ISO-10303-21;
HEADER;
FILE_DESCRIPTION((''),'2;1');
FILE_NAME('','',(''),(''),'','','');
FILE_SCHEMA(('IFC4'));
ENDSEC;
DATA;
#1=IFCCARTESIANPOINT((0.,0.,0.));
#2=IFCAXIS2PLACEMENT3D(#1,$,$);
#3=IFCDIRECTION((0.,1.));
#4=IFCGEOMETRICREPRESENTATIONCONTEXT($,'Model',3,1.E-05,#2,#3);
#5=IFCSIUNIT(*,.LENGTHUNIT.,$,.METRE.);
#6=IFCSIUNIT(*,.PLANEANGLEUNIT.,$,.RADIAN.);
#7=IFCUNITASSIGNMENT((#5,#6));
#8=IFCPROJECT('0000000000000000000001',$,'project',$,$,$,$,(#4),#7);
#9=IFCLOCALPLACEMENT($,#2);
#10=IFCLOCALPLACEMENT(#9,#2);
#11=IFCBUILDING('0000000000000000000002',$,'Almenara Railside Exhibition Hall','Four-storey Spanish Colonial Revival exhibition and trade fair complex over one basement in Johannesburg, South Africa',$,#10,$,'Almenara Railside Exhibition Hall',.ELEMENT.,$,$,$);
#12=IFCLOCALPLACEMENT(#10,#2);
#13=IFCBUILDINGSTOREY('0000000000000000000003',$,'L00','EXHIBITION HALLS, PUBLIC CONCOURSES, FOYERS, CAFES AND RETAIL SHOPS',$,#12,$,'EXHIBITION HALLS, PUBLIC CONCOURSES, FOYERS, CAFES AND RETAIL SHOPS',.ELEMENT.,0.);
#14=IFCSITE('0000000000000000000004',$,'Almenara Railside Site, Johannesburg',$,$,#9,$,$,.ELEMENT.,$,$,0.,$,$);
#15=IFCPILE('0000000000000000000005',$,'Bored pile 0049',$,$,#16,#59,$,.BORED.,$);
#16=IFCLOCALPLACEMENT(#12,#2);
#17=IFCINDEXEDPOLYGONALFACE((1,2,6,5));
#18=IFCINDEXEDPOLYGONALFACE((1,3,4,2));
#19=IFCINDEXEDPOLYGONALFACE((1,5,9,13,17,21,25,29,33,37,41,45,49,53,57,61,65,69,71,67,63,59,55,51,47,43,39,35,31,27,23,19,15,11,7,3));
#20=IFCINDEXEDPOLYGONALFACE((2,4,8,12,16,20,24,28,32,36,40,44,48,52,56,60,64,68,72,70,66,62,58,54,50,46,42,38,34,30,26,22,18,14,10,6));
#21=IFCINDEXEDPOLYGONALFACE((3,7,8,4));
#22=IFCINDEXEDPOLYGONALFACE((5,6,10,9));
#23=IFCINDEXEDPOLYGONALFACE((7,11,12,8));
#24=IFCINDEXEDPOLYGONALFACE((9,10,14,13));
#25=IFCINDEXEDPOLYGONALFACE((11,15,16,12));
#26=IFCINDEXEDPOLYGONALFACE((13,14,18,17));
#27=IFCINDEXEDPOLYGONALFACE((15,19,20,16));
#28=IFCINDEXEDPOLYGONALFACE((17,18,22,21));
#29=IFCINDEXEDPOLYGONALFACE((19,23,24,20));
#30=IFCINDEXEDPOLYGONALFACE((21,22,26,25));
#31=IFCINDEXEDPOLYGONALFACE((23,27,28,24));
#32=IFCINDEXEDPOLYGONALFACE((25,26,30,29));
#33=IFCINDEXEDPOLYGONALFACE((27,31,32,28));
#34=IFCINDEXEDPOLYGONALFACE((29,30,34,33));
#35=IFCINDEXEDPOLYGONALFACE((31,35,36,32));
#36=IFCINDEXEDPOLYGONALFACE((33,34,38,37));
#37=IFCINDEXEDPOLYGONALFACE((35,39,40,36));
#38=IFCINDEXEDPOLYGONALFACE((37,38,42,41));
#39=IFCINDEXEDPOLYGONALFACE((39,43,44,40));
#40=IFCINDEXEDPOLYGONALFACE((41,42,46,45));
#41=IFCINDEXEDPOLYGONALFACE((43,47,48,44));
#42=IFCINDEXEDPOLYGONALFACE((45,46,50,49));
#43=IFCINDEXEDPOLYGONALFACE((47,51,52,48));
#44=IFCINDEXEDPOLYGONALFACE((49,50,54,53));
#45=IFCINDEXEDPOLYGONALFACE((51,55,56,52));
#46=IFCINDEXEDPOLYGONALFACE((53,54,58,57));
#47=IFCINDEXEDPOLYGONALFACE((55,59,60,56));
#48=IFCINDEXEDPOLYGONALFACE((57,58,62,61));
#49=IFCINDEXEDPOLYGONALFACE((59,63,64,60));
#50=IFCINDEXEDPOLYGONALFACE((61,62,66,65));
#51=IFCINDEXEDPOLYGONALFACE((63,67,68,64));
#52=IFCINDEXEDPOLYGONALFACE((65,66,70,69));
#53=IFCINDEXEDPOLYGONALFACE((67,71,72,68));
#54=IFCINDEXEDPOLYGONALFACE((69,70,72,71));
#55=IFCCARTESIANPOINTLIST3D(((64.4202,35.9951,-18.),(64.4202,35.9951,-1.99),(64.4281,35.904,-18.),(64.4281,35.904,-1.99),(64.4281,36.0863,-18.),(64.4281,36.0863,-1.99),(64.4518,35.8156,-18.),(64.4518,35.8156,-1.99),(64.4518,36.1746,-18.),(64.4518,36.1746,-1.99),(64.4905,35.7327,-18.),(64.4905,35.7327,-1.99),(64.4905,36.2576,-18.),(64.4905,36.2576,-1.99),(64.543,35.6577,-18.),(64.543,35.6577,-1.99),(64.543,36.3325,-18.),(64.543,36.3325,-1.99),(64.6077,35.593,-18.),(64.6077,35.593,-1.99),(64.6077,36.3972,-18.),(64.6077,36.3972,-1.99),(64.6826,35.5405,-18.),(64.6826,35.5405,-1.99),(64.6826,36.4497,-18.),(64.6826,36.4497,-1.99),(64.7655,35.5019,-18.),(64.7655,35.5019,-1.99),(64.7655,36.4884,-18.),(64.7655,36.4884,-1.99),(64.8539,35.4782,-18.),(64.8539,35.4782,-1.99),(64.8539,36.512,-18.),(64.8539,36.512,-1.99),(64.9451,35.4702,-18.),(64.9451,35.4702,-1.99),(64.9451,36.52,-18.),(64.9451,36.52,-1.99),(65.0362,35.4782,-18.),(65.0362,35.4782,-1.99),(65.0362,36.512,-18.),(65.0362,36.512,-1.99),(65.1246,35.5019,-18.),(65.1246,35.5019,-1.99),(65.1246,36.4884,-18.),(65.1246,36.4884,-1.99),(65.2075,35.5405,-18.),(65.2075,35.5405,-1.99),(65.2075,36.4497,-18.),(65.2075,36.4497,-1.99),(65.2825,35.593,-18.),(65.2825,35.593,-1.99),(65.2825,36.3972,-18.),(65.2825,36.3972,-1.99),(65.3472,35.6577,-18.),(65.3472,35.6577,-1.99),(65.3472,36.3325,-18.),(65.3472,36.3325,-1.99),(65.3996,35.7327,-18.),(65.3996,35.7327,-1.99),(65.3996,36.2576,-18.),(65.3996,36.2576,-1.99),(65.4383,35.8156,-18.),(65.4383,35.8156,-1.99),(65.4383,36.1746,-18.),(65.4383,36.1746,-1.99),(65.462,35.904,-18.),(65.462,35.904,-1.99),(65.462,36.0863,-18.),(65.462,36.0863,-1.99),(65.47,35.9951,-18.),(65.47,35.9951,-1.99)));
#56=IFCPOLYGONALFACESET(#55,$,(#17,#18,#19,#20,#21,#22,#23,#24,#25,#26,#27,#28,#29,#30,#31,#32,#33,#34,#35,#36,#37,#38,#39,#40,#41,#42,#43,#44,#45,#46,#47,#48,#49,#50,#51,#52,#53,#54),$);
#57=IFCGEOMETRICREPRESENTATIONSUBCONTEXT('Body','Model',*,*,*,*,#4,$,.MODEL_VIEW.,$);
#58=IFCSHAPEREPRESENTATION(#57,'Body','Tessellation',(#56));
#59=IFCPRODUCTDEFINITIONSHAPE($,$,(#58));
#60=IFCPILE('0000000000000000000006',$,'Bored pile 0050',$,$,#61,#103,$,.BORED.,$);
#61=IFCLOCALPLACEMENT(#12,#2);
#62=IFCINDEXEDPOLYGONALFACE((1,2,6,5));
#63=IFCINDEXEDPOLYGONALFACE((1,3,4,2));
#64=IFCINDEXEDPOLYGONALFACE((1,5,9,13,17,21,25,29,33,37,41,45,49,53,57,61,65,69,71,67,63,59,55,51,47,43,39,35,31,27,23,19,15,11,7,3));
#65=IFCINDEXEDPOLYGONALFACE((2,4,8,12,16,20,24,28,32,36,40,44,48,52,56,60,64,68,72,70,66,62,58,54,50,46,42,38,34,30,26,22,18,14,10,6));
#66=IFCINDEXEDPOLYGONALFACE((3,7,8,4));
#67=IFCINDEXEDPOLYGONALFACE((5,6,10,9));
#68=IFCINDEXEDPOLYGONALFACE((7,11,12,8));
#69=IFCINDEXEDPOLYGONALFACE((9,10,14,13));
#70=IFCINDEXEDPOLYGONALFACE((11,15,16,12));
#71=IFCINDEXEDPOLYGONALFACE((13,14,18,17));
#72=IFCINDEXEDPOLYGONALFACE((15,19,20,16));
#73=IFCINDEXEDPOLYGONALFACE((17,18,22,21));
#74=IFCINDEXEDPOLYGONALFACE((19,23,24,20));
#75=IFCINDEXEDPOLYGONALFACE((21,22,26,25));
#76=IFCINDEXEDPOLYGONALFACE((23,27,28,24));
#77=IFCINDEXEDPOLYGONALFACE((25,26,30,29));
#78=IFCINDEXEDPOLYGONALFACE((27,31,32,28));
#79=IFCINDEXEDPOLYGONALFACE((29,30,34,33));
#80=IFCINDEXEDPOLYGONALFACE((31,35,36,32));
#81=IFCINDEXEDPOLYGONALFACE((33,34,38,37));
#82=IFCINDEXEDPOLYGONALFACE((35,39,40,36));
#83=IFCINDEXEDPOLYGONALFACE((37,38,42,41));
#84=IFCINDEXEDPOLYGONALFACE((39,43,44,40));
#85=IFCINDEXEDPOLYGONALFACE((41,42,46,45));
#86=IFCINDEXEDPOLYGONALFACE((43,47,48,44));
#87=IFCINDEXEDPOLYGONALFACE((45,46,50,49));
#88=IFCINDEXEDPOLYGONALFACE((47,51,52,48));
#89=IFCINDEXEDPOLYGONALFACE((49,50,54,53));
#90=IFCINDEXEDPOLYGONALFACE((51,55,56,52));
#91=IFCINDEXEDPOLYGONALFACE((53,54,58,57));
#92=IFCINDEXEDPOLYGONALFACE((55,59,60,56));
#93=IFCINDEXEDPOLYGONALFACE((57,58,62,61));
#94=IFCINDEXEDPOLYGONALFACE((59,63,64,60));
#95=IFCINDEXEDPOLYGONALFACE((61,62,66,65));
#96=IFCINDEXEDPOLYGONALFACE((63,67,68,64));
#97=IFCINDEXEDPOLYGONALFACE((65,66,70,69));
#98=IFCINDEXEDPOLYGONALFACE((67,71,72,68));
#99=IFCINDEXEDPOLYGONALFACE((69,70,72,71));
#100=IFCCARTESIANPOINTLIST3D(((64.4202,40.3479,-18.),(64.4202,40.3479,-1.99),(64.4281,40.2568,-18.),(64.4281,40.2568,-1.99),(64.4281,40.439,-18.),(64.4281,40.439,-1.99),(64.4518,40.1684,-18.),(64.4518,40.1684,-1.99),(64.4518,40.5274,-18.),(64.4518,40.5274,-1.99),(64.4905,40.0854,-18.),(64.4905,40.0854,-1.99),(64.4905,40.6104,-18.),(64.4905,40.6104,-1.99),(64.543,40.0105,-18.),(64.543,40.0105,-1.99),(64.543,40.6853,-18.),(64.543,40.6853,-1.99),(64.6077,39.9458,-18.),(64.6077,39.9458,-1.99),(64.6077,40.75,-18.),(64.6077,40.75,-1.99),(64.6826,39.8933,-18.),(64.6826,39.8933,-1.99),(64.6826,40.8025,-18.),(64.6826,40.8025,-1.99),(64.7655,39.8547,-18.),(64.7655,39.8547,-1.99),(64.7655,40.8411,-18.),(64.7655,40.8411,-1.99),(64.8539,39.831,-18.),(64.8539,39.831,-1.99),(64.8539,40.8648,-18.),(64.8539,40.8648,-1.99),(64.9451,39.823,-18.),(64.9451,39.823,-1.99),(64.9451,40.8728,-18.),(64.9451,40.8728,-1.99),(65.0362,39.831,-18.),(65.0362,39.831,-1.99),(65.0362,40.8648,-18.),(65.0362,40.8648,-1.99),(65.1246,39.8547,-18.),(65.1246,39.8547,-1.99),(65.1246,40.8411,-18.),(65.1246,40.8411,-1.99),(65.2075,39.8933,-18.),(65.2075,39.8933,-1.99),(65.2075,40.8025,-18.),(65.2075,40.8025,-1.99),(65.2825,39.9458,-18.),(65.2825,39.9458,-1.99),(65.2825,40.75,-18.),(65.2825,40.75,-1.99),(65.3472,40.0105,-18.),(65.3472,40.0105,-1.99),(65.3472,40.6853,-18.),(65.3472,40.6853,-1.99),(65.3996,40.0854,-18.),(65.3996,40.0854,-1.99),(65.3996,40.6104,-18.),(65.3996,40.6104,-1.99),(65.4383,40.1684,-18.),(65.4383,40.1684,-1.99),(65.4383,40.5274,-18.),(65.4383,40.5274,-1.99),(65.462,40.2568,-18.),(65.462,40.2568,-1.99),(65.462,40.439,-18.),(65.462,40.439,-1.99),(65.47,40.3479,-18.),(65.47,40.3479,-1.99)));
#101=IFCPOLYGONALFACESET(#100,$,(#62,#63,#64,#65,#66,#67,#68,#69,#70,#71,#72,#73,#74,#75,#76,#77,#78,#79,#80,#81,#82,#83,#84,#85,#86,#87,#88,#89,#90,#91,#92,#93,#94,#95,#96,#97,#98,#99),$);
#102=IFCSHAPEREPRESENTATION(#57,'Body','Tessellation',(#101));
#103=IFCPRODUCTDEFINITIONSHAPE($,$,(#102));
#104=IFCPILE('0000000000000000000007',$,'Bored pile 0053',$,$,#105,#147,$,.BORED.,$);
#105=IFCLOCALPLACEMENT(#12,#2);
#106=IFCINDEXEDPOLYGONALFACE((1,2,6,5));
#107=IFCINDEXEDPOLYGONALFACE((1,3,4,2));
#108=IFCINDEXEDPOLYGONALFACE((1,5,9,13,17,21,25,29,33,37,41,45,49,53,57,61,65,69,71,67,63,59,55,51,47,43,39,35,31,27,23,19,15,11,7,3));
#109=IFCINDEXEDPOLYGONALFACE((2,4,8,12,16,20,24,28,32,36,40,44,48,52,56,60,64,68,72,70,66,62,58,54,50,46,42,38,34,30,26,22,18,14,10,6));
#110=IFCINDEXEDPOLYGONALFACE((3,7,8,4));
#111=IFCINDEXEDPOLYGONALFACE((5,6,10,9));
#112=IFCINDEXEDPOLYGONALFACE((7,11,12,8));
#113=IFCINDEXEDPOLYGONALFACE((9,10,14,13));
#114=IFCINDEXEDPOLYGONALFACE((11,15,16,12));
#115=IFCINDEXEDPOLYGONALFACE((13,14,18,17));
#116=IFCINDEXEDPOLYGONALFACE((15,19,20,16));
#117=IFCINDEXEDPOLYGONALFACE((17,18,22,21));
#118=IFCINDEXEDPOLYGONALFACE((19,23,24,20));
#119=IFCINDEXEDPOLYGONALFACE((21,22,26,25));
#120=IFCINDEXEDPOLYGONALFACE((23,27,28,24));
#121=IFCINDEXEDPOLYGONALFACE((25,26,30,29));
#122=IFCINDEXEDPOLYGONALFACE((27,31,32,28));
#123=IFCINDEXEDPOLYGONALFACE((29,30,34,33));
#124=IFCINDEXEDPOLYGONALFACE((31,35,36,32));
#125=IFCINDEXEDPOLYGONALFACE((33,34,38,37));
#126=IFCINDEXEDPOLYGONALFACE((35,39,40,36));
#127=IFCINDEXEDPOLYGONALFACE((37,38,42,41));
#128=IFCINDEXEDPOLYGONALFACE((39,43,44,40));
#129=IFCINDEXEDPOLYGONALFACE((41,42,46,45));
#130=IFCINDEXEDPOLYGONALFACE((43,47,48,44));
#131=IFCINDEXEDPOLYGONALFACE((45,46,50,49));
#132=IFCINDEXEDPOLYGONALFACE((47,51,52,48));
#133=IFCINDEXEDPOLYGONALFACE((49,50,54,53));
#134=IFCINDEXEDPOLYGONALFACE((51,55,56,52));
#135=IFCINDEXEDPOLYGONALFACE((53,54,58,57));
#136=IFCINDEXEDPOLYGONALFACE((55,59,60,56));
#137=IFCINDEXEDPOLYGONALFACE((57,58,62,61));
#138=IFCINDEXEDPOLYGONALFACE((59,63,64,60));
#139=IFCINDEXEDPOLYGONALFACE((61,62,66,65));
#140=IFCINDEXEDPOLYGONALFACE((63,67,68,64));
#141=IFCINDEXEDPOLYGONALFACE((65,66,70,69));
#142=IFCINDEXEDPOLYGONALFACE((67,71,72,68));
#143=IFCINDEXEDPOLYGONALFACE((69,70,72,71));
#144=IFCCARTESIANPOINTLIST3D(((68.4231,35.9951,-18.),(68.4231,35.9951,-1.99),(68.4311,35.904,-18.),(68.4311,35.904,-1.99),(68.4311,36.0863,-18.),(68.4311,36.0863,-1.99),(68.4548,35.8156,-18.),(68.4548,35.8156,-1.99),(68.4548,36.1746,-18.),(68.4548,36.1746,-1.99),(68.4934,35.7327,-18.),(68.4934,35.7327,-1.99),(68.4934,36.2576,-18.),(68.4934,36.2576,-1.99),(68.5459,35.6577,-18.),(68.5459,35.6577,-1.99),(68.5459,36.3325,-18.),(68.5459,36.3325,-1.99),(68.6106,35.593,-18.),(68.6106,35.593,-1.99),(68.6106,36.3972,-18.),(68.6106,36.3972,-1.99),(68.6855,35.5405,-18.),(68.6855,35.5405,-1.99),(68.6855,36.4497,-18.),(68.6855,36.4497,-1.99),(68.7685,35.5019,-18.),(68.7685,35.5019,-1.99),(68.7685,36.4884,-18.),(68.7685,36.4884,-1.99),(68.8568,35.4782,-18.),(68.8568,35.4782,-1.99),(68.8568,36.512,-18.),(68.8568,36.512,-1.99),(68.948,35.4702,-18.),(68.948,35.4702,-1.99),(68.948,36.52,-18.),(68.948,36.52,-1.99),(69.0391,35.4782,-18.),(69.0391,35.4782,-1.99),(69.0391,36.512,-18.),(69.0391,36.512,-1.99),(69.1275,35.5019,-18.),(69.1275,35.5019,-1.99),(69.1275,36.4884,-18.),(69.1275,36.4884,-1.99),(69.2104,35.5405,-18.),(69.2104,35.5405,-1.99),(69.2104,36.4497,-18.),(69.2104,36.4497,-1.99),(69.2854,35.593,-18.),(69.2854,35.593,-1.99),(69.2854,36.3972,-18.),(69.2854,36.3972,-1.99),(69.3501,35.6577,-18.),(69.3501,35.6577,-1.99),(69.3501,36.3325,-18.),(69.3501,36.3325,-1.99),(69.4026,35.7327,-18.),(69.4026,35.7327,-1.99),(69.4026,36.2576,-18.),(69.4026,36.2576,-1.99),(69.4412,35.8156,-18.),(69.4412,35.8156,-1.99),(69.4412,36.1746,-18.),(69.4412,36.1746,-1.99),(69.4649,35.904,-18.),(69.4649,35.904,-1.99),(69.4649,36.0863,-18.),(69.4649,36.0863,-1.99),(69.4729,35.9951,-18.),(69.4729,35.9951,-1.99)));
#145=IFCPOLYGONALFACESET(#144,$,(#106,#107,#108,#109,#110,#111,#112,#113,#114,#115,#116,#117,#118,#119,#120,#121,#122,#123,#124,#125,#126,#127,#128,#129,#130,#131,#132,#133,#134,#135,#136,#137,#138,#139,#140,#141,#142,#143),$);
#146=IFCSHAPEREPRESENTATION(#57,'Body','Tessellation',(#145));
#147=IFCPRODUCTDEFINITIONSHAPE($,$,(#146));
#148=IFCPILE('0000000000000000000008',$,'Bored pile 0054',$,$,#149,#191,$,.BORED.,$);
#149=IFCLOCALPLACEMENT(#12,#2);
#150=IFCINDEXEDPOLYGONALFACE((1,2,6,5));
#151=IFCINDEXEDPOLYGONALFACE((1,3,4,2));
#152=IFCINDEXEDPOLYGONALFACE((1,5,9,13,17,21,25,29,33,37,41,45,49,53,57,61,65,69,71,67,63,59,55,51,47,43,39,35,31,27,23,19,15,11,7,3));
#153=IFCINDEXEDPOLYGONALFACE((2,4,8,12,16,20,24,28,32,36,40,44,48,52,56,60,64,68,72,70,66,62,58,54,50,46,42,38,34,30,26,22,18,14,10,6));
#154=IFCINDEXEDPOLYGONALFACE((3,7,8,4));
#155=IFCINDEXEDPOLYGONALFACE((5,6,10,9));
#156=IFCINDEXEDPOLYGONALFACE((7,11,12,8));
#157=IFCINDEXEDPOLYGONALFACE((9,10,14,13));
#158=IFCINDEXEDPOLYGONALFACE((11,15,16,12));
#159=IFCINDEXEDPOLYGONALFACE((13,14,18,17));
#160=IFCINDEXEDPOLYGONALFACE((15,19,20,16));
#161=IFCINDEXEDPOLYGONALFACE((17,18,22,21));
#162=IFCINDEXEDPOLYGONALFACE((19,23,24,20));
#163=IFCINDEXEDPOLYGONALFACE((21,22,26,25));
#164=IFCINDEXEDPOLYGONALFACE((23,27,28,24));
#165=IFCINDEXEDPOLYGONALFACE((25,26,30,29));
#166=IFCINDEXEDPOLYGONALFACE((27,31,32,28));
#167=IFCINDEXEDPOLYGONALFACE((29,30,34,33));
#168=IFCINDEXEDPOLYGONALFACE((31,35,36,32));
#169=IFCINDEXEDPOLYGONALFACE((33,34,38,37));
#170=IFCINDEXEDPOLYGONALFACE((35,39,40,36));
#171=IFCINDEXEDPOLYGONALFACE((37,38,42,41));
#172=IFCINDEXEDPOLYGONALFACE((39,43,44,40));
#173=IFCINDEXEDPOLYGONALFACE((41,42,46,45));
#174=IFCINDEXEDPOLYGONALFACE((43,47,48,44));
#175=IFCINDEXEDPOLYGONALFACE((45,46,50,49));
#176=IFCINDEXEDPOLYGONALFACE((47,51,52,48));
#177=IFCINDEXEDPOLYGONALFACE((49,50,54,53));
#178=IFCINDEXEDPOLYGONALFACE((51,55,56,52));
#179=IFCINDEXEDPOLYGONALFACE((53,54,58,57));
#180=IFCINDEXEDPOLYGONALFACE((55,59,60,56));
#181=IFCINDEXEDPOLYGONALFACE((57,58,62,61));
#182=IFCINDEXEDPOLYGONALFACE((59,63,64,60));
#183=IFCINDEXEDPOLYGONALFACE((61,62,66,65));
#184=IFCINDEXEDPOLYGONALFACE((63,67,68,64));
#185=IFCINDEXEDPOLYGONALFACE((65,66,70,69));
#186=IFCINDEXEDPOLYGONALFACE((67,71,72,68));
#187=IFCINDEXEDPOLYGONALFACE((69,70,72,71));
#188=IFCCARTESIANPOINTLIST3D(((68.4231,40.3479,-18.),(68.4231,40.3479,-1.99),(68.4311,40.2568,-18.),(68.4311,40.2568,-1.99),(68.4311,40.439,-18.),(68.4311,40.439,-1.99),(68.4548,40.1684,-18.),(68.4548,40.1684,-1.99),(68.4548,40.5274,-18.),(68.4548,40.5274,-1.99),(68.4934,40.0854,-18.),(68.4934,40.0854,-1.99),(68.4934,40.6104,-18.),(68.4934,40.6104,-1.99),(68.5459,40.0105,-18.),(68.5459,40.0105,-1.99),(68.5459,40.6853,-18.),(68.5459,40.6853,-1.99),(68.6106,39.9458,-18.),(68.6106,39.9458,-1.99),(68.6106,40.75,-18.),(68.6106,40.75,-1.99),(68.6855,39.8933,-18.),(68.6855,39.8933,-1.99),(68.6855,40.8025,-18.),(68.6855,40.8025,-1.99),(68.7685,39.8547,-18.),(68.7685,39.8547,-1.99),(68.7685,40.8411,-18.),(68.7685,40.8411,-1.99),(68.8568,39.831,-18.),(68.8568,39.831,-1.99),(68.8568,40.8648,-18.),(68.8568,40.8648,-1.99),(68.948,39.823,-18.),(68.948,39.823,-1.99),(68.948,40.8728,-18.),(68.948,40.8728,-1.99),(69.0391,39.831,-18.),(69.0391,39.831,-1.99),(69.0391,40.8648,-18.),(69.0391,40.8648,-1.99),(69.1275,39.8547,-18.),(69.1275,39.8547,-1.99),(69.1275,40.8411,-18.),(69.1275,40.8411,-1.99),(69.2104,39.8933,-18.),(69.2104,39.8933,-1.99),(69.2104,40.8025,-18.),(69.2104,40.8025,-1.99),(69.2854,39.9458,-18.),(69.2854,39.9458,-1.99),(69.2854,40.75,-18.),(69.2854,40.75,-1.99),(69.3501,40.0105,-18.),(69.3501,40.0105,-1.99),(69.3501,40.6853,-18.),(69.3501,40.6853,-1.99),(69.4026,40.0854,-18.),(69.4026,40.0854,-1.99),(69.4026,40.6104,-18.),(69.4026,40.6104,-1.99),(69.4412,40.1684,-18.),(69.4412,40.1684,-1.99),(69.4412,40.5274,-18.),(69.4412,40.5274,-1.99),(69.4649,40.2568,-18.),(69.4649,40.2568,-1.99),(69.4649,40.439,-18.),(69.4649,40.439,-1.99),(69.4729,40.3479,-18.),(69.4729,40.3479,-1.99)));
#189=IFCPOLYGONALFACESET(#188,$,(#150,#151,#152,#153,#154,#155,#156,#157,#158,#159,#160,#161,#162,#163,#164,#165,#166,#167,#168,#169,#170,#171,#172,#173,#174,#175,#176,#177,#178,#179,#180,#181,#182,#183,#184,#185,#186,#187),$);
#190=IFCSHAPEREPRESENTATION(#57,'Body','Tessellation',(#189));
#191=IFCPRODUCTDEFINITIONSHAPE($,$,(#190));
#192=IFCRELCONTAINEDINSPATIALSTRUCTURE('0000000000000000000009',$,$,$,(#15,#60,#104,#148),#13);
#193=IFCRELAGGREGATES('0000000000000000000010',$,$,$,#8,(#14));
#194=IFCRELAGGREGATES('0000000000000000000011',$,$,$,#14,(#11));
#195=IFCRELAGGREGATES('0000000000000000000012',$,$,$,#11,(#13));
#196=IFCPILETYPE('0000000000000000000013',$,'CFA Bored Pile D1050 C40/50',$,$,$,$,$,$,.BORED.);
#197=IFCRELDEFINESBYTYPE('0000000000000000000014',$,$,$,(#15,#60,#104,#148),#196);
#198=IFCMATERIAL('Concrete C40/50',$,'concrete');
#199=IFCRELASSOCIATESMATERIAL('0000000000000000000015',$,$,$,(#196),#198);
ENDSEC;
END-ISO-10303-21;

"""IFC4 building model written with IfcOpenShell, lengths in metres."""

from ifc_helpers import new_model, si_unit, direction, frame, origin, origin_2d, place, context, subcontext, project, spatial, circle, extrude, material, material_profile, profile_set, type_object, element, save


model = new_model("IFC4")

# Units and contexts
model_context = context("Model", 3, precision=1e-05, world=origin(), true_north=direction((0.0, 1.0)))
body_context = subcontext(model_context, "Body", "Model", "MODEL_VIEW")
ifc_project = project(units=[si_unit("LENGTHUNIT", "METRE"), si_unit("PLANEANGLEUNIT", "RADIAN")], contexts=[model_context])

# Site, building, storey
site_placement = place(None, origin())
site = spatial("IfcSite", under=ifc_project, at=site_placement, Name="Almenara Railside Site, Johannesburg", CompositionType="ELEMENT", RefElevation=0.0)
building_placement = place(site_placement, origin())
building = spatial("IfcBuilding", under=site, at=building_placement, Name="Almenara Railside Exhibition Hall", Description="Four-storey Spanish Colonial Revival exhibition and trade fair complex over one basement in Johannesburg, South Africa", LongName="Almenara Railside Exhibition Hall", CompositionType="ELEMENT")
storey_placement = place(building_placement, origin())
storey = spatial("IfcBuildingStorey", under=building, at=storey_placement, Name="L00", Description="EXHIBITION HALLS, PUBLIC CONCOURSES, FOYERS, CAFES AND RETAIL SHOPS", LongName="EXHIBITION HALLS, PUBLIC CONCOURSES, FOYERS, CAFES AND RETAIL SHOPS", CompositionType="ELEMENT", Elevation=0.0)

# Piles
ifc_material_1 = material(Name="Concrete C40/50", Category="concrete")
ifc_material_profile_1 = material_profile(ifc_material_1, circle(Radius=0.5249, at=origin_2d()), Name="CFA-PILE D1050")
ifc_profile_set_1 = profile_set([ifc_material_profile_1], Name="Concrete C40/50")
pile_type_1 = type_object("IfcPileType", Name="CFA Bored Pile D1050 C40/50", PredefinedType="BORED", material=ifc_profile_set_1)
for number, where, z_axis, x_axis, name in (
    (1, (64.9451, 35.9951, -1.99), (0.0, 0.0, -1.0), (1.0, 0.0, 0.0), "Bored pile 0049"),
    (2, (64.9451, 40.3479, -1.99), (0.0, 0.0, -1.0), (1.0, 0.0, 0.0), "Bored pile 0050"),
    (3, (68.948, 35.9951, -1.99), (0.0, 0.0, -1.0), (1.0, 0.0, 0.0), "Bored pile 0053"),
    (4, (68.948, 40.3479, -1.99), (0.0, 0.0, -1.0), (1.0, 0.0, 0.0), "Bored pile 0054"),
):
    element("IfcPile", number, at=place(storey_placement, frame(where, z_axis=z_axis, x_axis=x_axis)), inside=storey, type_object=pile_type_1, Name=name, PredefinedType="BORED", context=body_context, shape_type="SweptSolid", body=[
        extrude(circle(Radius=0.5249, at=origin_2d()), origin(), (0.0, 0.0, 1.0), 16.01),
    ])

save(model, "model.ifc")
